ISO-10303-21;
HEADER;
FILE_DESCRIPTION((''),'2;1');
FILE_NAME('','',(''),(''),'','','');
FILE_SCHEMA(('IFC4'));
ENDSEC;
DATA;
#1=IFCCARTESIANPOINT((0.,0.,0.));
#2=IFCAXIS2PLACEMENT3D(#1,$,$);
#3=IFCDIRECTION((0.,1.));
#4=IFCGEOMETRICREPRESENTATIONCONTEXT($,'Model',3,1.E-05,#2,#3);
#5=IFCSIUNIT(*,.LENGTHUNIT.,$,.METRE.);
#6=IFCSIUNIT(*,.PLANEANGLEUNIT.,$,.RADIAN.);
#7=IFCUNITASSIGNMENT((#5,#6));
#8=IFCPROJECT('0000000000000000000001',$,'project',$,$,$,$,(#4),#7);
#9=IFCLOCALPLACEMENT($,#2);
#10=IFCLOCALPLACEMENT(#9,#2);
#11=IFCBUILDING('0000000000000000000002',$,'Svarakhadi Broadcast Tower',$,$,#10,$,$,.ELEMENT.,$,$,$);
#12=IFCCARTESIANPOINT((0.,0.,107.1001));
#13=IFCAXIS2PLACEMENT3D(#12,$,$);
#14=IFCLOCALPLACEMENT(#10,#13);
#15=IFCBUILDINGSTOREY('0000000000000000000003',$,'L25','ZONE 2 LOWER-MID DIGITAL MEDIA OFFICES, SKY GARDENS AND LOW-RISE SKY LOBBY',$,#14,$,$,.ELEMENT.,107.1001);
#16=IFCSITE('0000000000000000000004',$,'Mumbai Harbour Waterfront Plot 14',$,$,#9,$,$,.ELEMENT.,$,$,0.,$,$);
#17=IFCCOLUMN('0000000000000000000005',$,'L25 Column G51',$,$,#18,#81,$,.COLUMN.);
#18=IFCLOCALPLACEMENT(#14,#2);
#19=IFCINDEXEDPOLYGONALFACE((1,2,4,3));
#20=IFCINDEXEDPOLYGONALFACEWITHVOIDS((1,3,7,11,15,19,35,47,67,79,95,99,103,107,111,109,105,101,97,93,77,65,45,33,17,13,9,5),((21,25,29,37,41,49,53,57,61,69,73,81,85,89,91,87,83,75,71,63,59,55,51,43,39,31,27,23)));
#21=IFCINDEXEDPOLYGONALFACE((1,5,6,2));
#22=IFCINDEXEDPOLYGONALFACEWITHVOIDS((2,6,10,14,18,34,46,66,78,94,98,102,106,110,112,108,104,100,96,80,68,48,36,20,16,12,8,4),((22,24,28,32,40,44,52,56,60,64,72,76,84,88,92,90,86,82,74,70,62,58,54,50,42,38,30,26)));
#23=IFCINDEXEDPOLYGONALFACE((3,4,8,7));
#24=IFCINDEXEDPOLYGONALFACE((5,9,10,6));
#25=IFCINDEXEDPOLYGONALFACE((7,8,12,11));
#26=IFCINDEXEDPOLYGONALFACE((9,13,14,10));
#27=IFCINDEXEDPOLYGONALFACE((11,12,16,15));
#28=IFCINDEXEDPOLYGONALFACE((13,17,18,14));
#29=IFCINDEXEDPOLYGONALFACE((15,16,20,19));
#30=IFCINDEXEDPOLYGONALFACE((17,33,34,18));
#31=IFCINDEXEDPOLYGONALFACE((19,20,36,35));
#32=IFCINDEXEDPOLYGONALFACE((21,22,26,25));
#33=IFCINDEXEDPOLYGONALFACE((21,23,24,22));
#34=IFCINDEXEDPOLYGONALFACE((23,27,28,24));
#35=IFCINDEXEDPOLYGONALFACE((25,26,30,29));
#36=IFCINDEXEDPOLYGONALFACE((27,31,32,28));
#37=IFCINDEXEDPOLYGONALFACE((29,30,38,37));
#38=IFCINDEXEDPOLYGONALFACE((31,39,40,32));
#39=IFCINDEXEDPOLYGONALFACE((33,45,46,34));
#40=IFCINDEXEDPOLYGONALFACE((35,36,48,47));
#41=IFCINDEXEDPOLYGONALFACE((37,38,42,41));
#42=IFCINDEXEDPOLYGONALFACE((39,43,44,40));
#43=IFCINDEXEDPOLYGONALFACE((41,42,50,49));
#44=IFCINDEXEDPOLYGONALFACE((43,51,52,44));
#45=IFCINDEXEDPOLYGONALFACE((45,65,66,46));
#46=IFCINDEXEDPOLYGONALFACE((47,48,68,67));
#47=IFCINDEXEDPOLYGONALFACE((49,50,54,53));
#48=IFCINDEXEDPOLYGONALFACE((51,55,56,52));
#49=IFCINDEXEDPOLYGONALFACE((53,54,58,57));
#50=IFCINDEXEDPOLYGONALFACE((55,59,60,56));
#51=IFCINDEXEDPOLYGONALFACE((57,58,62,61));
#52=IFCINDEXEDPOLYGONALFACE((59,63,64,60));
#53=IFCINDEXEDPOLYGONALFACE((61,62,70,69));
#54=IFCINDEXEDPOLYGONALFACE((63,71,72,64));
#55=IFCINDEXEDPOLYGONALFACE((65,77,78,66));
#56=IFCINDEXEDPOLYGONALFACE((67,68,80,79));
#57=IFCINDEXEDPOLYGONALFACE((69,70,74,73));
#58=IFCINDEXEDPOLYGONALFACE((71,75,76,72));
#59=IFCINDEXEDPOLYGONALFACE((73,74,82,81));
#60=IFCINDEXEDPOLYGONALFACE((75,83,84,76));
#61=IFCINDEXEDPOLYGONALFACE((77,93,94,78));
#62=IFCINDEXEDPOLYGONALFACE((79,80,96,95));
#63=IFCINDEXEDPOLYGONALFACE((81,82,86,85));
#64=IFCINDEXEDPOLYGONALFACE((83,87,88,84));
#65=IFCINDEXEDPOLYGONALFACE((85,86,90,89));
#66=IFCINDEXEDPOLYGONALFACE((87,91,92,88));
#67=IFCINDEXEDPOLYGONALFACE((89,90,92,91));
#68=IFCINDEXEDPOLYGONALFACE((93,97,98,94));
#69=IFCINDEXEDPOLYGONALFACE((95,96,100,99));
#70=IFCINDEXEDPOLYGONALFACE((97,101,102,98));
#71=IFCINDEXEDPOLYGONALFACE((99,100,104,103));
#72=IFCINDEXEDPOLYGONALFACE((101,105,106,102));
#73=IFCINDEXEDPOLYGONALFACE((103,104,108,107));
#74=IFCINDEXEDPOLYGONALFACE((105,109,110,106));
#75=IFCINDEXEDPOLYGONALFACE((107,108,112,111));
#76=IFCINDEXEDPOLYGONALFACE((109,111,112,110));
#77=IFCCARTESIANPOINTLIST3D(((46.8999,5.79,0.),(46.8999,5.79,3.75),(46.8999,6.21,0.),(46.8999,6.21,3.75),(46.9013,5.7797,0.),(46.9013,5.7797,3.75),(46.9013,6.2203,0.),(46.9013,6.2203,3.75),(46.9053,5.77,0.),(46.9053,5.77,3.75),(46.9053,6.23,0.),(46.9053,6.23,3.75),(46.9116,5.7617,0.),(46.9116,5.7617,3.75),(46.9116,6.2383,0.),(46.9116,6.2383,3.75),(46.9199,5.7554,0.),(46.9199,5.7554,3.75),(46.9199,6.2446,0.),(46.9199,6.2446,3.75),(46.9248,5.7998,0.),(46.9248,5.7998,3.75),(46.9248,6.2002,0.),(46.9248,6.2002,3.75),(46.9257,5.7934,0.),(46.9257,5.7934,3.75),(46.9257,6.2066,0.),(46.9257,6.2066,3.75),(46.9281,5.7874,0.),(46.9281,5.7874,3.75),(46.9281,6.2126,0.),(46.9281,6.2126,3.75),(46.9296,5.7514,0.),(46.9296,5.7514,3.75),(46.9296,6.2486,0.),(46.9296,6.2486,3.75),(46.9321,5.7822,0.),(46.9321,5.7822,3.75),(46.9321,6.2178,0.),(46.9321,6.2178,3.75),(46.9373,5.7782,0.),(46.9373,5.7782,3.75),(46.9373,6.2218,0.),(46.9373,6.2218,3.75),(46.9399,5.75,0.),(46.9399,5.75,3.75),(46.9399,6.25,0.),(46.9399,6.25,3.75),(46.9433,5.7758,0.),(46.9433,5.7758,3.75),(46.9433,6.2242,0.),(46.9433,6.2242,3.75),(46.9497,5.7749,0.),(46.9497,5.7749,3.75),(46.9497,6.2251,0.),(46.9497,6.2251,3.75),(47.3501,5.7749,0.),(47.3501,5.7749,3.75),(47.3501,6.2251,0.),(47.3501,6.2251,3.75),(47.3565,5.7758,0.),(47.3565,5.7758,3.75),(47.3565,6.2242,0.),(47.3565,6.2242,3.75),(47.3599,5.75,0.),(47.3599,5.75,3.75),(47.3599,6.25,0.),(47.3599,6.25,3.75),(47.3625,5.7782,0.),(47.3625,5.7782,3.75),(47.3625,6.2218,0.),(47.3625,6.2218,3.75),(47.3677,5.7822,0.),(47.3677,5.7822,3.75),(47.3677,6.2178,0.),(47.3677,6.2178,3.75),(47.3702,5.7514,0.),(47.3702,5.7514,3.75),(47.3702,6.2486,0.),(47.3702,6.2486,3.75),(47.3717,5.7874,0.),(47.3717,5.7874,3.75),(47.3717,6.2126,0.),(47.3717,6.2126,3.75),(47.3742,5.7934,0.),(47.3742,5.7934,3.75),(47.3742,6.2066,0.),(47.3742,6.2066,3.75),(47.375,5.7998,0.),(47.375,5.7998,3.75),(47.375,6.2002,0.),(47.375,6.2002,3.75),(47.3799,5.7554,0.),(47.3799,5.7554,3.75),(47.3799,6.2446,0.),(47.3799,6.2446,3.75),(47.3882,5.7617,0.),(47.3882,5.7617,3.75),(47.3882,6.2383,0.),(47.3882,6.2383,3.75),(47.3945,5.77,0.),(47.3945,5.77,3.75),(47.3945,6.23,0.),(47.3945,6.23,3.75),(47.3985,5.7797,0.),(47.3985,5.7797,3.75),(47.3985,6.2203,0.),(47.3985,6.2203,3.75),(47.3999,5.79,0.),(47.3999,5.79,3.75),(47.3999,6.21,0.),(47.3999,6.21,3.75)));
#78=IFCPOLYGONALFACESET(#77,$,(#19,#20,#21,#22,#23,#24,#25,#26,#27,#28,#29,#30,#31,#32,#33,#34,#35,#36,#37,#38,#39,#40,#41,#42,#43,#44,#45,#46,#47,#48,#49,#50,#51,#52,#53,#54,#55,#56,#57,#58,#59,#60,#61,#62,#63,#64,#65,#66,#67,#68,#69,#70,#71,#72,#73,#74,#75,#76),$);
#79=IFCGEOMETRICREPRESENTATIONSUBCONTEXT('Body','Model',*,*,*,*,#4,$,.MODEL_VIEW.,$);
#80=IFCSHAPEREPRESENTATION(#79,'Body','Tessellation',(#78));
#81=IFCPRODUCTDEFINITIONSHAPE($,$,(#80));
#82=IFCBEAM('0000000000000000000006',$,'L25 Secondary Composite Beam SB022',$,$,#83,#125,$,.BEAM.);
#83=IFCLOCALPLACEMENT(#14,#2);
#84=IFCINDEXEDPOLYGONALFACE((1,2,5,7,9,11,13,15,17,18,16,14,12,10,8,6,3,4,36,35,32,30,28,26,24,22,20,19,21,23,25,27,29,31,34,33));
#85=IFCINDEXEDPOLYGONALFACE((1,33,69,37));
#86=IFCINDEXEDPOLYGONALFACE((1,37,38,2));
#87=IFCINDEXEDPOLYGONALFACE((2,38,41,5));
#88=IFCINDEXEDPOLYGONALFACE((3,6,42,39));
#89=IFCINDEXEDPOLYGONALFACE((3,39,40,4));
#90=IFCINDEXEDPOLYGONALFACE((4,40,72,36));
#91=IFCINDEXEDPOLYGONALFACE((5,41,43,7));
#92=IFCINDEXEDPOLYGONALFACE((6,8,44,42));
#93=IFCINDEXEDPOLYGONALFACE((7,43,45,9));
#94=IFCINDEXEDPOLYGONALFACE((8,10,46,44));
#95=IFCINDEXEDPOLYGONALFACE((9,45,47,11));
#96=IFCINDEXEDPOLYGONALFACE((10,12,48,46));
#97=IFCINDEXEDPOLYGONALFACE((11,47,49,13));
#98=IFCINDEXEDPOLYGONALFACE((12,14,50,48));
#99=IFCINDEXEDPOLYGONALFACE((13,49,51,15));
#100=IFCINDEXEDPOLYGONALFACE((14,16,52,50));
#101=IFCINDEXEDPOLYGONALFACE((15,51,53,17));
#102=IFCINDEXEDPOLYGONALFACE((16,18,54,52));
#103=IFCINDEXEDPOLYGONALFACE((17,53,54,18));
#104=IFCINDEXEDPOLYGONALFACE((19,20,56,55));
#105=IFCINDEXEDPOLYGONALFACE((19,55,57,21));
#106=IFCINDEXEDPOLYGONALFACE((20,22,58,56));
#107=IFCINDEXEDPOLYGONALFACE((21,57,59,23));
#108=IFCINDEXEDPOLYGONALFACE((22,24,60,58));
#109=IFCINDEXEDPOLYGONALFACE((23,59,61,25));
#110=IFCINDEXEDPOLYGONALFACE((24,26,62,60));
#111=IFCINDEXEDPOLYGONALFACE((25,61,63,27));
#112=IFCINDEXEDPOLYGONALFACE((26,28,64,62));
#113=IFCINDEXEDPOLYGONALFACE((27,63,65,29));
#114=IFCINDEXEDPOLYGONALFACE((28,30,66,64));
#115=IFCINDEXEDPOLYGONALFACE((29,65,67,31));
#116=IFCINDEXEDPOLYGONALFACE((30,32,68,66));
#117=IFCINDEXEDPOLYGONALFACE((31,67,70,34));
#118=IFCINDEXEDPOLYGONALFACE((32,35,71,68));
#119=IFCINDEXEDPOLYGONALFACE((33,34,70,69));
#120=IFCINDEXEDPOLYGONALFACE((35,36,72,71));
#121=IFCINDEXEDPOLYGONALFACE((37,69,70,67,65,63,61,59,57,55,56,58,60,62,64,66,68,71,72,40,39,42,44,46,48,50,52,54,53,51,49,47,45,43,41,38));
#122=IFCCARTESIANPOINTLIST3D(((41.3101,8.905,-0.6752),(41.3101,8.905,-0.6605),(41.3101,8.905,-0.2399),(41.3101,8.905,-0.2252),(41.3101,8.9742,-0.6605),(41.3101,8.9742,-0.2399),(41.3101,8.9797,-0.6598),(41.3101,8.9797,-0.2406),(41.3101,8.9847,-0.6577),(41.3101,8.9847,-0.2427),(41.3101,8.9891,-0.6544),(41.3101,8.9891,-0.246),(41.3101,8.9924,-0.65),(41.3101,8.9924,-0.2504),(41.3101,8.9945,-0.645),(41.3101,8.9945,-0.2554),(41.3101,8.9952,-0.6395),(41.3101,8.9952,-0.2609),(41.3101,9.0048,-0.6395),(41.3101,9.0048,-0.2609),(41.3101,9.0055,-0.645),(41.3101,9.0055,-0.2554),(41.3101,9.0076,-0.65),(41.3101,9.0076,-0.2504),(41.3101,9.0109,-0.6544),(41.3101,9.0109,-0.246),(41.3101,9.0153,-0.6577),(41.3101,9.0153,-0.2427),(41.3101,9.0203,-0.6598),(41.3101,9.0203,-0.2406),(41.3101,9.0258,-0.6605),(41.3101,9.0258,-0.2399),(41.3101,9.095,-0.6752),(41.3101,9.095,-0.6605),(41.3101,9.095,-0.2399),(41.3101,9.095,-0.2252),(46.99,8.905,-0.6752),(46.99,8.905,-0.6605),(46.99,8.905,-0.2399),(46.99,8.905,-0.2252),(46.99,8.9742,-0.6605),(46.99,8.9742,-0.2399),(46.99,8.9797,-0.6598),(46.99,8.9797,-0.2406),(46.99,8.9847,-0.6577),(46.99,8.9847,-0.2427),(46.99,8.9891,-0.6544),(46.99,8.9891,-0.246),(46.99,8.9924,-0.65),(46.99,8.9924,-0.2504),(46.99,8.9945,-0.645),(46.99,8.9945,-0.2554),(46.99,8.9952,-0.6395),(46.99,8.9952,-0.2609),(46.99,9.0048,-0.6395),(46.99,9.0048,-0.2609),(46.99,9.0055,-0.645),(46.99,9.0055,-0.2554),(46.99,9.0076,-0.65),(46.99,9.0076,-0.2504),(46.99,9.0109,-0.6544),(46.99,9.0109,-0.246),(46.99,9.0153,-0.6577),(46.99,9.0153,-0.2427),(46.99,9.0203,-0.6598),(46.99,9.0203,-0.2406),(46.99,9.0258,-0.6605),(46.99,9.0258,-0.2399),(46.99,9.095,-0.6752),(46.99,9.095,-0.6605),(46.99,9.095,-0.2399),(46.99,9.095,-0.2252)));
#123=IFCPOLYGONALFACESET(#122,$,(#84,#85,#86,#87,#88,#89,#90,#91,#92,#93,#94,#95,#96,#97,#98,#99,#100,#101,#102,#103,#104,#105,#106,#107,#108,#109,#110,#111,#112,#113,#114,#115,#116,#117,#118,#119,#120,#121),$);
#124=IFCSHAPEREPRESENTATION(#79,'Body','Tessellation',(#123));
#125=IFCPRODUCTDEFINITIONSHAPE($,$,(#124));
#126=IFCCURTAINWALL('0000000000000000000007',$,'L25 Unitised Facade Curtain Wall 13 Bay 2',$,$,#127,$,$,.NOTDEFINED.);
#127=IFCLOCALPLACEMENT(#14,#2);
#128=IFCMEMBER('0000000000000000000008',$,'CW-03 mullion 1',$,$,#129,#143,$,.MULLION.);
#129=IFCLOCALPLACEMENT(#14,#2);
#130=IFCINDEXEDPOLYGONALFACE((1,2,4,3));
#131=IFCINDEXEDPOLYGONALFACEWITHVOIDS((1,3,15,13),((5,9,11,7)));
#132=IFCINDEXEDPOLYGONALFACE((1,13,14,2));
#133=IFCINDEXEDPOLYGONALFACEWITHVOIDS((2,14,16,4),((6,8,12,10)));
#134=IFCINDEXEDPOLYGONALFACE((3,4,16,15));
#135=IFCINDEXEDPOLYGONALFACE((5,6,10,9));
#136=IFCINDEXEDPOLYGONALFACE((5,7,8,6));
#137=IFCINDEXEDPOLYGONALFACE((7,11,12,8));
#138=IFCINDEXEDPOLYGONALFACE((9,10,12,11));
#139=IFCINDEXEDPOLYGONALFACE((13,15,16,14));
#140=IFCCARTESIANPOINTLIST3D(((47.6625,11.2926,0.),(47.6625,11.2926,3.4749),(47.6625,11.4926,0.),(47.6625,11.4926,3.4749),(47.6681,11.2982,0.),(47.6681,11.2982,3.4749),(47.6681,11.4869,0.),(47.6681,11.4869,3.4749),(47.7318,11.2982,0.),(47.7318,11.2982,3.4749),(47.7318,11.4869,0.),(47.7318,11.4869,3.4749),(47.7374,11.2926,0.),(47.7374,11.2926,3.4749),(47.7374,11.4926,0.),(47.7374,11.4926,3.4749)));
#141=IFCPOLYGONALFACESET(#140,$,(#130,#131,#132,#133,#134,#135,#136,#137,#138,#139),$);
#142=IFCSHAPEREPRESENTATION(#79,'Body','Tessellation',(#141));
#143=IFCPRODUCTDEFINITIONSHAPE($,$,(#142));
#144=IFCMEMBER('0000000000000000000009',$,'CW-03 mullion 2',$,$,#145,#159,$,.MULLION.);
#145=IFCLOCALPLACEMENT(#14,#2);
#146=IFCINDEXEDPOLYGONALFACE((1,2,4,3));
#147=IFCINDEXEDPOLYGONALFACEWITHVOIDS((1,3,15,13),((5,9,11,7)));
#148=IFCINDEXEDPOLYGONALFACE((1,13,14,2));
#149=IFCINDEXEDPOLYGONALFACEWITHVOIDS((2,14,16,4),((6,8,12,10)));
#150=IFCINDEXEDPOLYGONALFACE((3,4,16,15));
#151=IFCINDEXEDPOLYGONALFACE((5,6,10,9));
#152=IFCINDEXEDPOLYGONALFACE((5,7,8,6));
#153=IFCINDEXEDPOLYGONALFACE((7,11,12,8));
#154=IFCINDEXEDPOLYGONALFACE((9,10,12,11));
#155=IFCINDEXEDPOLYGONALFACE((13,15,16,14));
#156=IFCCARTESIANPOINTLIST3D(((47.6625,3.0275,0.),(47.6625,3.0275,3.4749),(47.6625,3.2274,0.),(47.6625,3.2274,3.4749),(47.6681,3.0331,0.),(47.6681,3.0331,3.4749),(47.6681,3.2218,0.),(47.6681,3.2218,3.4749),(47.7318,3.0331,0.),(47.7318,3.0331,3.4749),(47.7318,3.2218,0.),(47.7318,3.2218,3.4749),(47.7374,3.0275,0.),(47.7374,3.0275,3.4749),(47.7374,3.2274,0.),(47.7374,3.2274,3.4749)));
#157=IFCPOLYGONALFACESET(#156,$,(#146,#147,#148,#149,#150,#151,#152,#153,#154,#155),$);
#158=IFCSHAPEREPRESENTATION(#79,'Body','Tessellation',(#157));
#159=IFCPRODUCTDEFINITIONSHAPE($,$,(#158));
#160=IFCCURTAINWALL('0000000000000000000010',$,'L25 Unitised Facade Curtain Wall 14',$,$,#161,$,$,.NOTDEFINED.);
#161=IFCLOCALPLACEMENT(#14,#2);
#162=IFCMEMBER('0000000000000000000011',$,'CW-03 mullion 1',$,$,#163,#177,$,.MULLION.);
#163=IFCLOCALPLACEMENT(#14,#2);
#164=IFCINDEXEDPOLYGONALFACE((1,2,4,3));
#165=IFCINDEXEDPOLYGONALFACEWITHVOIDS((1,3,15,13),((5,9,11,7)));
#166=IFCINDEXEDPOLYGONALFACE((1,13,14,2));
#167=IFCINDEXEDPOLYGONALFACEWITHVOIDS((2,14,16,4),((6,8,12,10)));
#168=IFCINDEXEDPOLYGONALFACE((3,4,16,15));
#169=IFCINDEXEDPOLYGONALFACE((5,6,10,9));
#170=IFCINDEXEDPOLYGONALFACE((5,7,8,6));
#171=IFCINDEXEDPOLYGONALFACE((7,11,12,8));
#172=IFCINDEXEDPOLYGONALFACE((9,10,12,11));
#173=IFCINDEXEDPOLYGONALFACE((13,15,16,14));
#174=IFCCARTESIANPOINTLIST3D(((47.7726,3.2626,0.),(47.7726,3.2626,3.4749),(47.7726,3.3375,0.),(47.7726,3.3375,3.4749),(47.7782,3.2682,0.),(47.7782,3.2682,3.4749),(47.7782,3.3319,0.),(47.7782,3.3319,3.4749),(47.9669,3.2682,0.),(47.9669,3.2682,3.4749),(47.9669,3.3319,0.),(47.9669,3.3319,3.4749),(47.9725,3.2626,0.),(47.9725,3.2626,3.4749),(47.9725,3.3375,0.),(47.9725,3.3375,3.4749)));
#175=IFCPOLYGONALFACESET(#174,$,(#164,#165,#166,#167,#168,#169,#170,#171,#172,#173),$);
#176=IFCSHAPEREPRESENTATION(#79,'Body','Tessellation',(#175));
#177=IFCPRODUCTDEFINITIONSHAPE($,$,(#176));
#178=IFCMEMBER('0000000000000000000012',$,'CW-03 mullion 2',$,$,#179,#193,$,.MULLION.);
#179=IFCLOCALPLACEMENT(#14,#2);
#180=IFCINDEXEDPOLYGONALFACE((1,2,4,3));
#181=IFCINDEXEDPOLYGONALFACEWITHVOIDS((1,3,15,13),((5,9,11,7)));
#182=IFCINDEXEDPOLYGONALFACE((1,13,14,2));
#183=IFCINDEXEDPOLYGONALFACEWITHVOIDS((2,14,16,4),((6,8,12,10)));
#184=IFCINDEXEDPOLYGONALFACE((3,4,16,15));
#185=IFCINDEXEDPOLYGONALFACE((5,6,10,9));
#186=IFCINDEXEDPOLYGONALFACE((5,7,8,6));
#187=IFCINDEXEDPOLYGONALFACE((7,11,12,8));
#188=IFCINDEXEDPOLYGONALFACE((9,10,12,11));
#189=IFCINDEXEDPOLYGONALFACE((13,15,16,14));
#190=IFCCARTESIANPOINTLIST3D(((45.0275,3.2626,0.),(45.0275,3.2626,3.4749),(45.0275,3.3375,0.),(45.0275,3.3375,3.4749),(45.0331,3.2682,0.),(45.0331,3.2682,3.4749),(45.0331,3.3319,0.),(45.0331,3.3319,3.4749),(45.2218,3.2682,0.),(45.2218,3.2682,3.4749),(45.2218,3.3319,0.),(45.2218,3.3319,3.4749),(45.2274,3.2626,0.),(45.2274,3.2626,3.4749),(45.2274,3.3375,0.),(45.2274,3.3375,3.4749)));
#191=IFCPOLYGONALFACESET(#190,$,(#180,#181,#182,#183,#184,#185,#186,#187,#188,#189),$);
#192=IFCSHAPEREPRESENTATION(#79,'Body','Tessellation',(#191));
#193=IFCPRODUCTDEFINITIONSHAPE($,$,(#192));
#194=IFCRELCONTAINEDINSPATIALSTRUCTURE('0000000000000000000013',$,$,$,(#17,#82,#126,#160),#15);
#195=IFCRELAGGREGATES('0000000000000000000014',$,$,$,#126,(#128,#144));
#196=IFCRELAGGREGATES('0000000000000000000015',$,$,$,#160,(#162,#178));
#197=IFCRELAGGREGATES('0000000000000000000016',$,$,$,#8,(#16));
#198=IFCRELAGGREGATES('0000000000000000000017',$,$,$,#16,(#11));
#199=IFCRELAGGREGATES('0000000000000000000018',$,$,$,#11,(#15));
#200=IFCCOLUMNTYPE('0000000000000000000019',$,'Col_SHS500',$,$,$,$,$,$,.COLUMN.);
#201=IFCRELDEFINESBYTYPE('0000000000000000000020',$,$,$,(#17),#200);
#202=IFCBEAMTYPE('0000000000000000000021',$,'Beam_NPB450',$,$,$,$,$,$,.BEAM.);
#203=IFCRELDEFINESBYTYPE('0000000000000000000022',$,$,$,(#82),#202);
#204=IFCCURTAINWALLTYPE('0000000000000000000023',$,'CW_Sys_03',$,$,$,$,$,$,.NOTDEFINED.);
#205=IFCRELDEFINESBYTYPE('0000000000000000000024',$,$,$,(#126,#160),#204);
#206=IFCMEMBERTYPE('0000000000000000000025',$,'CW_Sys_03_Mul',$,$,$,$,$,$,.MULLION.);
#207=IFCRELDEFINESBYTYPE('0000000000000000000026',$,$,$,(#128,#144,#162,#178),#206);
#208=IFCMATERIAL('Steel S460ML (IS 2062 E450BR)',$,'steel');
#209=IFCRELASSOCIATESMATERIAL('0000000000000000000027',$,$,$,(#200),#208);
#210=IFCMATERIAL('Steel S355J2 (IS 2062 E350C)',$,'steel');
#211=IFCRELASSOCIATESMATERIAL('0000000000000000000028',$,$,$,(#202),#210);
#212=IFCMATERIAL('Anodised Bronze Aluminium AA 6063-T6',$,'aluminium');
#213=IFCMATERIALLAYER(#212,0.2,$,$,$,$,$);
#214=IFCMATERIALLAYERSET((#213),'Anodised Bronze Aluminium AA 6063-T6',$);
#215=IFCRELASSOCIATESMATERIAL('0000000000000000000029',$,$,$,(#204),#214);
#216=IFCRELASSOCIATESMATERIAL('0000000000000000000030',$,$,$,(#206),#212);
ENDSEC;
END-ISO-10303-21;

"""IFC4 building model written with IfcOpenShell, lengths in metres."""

from ifc_helpers import new_model, si_unit, direction, frame, origin, origin_2d, place, context, subcontext, project, spatial, hollow_rectangle, i_section, extrude, material, layer, layer_set, material_profile, profile_set, type_object, element, aggregate, save


model = new_model("IFC4")

# Units and contexts
model_context = context("Model", 3, precision=1e-05, world=origin(), true_north=direction((0.0, 1.0)))
body_context = subcontext(model_context, "Body", "Model", "MODEL_VIEW")
ifc_project = project(units=[si_unit("LENGTHUNIT", "METRE"), si_unit("PLANEANGLEUNIT", "RADIAN")], contexts=[model_context])

# Site, building, storey
site_placement = place(None, origin())
site = spatial("IfcSite", under=ifc_project, at=site_placement, Name="Mumbai Harbour Waterfront Plot 14", CompositionType="ELEMENT", RefElevation=0.0)
building_placement = place(site_placement, origin())
building = spatial("IfcBuilding", under=site, at=building_placement, Name="Svarakhadi Broadcast Tower", CompositionType="ELEMENT")
storey_placement = place(building_placement, frame((0.0, 0.0, 107.1001)))
storey = spatial("IfcBuildingStorey", under=building, at=storey_placement, Name="L25", Description="ZONE 2 LOWER-MID DIGITAL MEDIA OFFICES, SKY GARDENS AND LOW-RISE SKY LOBBY", CompositionType="ELEMENT", Elevation=107.1001)

# Column
ifc_material_1 = material(Name="Steel S460ML (IS 2062 E450BR)", Category="steel")
ifc_material_profile_1 = material_profile(ifc_material_1, hollow_rectangle(XDim=0.5, YDim=0.5, WallThickness=0.0249, InnerFilletRadius=0.0249, OuterFilletRadius=0.04, at=origin_2d()), Name="SHS 500x500x25")
ifc_profile_set_1 = profile_set([ifc_material_profile_1], Name="Steel S460ML (IS 2062 E450BR)")
column_type = type_object("IfcColumnType", Name="Col_SHS500", PredefinedType="COLUMN", material=ifc_profile_set_1)
column_placement = place(storey_placement, frame((47.1499, 6.0, 0.0), z_axis=(0.0, 0.0, 1.0), x_axis=(1.0, 0.0, 0.0)))
element("IfcColumn", 1, at=column_placement, inside=storey, type_object=column_type, Name="L25 Column G51", PredefinedType="COLUMN", context=body_context, shape_type="SweptSolid", body=[
    extrude(hollow_rectangle(XDim=0.5, YDim=0.5, WallThickness=0.0249, InnerFilletRadius=0.0249, OuterFilletRadius=0.04, at=origin_2d()), origin(), (0.0, 0.0, 1.0), 3.75),
])

# Beam
ifc_material_2 = material(Name="Steel S355J2 (IS 2062 E350C)", Category="steel")
ifc_material_profile_2 = material_profile(ifc_material_2, i_section(OverallWidth=0.1899, OverallDepth=0.45, WebThickness=0.0095, FlangeThickness=0.0146, FilletRadius=0.021, at=origin_2d()), Name="NPB 450x190x78")
ifc_profile_set_2 = profile_set([ifc_material_profile_2], Name="Steel S355J2 (IS 2062 E350C)")
beam_type_1 = type_object("IfcBeamType", Name="Beam_NPB450", PredefinedType="BEAM", material=ifc_profile_set_2)
beam_placement = place(storey_placement, frame((41.3101, 9.0, -0.4502), z_axis=(1.0, 0.0, 0.0), x_axis=(0.0, 1.0, 0.0)))
element("IfcBeam", 2, at=beam_placement, inside=storey, type_object=beam_type_1, Name="L25 Secondary Composite Beam SB022", PredefinedType="BEAM", context=body_context, shape_type="SweptSolid", body=[
    extrude(i_section(OverallWidth=0.1899, OverallDepth=0.45, WebThickness=0.0095, FlangeThickness=0.0146, FilletRadius=0.021, at=origin_2d()), origin(), (0.0, 0.0, 1.0), 5.6799),
])

# Curtain walls, members
ifc_material_3 = material(Name="Anodised Bronze Aluminium AA 6063-T6", Category="aluminium")
ifc_layer_1 = layer(ifc_material_3, 0.2)
ifc_layer_set_1 = layer_set([ifc_layer_1], Name="Anodised Bronze Aluminium AA 6063-T6")
curtain_wall_type = type_object("IfcCurtainWallType", Name="CW_Sys_03", PredefinedType="NOTDEFINED", material=ifc_layer_set_1)
curtain_wall_1_placement = place(storey_placement, origin())
curtain_wall_1 = element("IfcCurtainWall", 3, at=curtain_wall_1_placement, inside=storey, type_object=curtain_wall_type, Name="L25 Unitised Facade Curtain Wall 13 Bay 2", PredefinedType="NOTDEFINED")
ifc_material_profile_3 = material_profile(ifc_material_3, hollow_rectangle(XDim=0.075, YDim=0.2, WallThickness=0.0056, at=origin_2d()), Name="ALU MULLION 200x75x6")
ifc_profile_set_3 = profile_set([ifc_material_profile_3], Name="Anodised Bronze Aluminium AA 6063-T6")
member_type_1 = type_object("IfcMemberType", Name="CW_Sys_03_Mul", PredefinedType="MULLION", material=ifc_profile_set_3)
member_1_placement = place(storey_placement, frame((47.7, 11.3926, 0.0), z_axis=(0.0, 0.0, 1.0), x_axis=(1.0, 0.0, 0.0)))
member_1 = element("IfcMember", 4, at=member_1_placement, type_object=member_type_1, Name="CW-03 mullion 1", PredefinedType="MULLION", context=body_context, shape_type="SweptSolid", body=[
    extrude(hollow_rectangle(XDim=0.075, YDim=0.2, WallThickness=0.0056, at=origin_2d()), origin(), (0.0, 0.0, 1.0), 3.4749),
])
member_2_placement = place(storey_placement, frame((47.7, 3.1274, 0.0), z_axis=(0.0, 0.0, 1.0), x_axis=(1.0, 0.0, 0.0)))
member_2 = element("IfcMember", 5, at=member_2_placement, type_object=member_type_1, Name="CW-03 mullion 2", PredefinedType="MULLION", context=body_context, shape_type="SweptSolid", body=[
    extrude(hollow_rectangle(XDim=0.075, YDim=0.2, WallThickness=0.0056, at=origin_2d()), origin(), (0.0, 0.0, 1.0), 3.4749),
])
curtain_wall_2_placement = place(storey_placement, origin())
curtain_wall_2 = element("IfcCurtainWall", 6, at=curtain_wall_2_placement, inside=storey, type_object=curtain_wall_type, Name="L25 Unitised Facade Curtain Wall 14", PredefinedType="NOTDEFINED")
member_3_placement = place(storey_placement, frame((47.8726, 3.3, 0.0), z_axis=(0.0, 0.0, 1.0), x_axis=(0.0, -1.0, 0.0)))
member_3 = element("IfcMember", 7, at=member_3_placement, type_object=member_type_1, Name="CW-03 mullion 1", PredefinedType="MULLION", context=body_context, shape_type="SweptSolid", body=[
    extrude(hollow_rectangle(XDim=0.075, YDim=0.2, WallThickness=0.0056, at=origin_2d()), origin(), (0.0, 0.0, 1.0), 3.4749),
])
member_4_placement = place(storey_placement, frame((45.1274, 3.3, 0.0), z_axis=(0.0, 0.0, 1.0), x_axis=(0.0, -1.0, 0.0)))
member_4 = element("IfcMember", 8, at=member_4_placement, type_object=member_type_1, Name="CW-03 mullion 2", PredefinedType="MULLION", context=body_context, shape_type="SweptSolid", body=[
    extrude(hollow_rectangle(XDim=0.075, YDim=0.2, WallThickness=0.0056, at=origin_2d()), origin(), (0.0, 0.0, 1.0), 3.4749),
])

aggregate(curtain_wall_1, [member_1, member_2])
aggregate(curtain_wall_2, [member_3, member_4])

save(model, "model.ifc")
